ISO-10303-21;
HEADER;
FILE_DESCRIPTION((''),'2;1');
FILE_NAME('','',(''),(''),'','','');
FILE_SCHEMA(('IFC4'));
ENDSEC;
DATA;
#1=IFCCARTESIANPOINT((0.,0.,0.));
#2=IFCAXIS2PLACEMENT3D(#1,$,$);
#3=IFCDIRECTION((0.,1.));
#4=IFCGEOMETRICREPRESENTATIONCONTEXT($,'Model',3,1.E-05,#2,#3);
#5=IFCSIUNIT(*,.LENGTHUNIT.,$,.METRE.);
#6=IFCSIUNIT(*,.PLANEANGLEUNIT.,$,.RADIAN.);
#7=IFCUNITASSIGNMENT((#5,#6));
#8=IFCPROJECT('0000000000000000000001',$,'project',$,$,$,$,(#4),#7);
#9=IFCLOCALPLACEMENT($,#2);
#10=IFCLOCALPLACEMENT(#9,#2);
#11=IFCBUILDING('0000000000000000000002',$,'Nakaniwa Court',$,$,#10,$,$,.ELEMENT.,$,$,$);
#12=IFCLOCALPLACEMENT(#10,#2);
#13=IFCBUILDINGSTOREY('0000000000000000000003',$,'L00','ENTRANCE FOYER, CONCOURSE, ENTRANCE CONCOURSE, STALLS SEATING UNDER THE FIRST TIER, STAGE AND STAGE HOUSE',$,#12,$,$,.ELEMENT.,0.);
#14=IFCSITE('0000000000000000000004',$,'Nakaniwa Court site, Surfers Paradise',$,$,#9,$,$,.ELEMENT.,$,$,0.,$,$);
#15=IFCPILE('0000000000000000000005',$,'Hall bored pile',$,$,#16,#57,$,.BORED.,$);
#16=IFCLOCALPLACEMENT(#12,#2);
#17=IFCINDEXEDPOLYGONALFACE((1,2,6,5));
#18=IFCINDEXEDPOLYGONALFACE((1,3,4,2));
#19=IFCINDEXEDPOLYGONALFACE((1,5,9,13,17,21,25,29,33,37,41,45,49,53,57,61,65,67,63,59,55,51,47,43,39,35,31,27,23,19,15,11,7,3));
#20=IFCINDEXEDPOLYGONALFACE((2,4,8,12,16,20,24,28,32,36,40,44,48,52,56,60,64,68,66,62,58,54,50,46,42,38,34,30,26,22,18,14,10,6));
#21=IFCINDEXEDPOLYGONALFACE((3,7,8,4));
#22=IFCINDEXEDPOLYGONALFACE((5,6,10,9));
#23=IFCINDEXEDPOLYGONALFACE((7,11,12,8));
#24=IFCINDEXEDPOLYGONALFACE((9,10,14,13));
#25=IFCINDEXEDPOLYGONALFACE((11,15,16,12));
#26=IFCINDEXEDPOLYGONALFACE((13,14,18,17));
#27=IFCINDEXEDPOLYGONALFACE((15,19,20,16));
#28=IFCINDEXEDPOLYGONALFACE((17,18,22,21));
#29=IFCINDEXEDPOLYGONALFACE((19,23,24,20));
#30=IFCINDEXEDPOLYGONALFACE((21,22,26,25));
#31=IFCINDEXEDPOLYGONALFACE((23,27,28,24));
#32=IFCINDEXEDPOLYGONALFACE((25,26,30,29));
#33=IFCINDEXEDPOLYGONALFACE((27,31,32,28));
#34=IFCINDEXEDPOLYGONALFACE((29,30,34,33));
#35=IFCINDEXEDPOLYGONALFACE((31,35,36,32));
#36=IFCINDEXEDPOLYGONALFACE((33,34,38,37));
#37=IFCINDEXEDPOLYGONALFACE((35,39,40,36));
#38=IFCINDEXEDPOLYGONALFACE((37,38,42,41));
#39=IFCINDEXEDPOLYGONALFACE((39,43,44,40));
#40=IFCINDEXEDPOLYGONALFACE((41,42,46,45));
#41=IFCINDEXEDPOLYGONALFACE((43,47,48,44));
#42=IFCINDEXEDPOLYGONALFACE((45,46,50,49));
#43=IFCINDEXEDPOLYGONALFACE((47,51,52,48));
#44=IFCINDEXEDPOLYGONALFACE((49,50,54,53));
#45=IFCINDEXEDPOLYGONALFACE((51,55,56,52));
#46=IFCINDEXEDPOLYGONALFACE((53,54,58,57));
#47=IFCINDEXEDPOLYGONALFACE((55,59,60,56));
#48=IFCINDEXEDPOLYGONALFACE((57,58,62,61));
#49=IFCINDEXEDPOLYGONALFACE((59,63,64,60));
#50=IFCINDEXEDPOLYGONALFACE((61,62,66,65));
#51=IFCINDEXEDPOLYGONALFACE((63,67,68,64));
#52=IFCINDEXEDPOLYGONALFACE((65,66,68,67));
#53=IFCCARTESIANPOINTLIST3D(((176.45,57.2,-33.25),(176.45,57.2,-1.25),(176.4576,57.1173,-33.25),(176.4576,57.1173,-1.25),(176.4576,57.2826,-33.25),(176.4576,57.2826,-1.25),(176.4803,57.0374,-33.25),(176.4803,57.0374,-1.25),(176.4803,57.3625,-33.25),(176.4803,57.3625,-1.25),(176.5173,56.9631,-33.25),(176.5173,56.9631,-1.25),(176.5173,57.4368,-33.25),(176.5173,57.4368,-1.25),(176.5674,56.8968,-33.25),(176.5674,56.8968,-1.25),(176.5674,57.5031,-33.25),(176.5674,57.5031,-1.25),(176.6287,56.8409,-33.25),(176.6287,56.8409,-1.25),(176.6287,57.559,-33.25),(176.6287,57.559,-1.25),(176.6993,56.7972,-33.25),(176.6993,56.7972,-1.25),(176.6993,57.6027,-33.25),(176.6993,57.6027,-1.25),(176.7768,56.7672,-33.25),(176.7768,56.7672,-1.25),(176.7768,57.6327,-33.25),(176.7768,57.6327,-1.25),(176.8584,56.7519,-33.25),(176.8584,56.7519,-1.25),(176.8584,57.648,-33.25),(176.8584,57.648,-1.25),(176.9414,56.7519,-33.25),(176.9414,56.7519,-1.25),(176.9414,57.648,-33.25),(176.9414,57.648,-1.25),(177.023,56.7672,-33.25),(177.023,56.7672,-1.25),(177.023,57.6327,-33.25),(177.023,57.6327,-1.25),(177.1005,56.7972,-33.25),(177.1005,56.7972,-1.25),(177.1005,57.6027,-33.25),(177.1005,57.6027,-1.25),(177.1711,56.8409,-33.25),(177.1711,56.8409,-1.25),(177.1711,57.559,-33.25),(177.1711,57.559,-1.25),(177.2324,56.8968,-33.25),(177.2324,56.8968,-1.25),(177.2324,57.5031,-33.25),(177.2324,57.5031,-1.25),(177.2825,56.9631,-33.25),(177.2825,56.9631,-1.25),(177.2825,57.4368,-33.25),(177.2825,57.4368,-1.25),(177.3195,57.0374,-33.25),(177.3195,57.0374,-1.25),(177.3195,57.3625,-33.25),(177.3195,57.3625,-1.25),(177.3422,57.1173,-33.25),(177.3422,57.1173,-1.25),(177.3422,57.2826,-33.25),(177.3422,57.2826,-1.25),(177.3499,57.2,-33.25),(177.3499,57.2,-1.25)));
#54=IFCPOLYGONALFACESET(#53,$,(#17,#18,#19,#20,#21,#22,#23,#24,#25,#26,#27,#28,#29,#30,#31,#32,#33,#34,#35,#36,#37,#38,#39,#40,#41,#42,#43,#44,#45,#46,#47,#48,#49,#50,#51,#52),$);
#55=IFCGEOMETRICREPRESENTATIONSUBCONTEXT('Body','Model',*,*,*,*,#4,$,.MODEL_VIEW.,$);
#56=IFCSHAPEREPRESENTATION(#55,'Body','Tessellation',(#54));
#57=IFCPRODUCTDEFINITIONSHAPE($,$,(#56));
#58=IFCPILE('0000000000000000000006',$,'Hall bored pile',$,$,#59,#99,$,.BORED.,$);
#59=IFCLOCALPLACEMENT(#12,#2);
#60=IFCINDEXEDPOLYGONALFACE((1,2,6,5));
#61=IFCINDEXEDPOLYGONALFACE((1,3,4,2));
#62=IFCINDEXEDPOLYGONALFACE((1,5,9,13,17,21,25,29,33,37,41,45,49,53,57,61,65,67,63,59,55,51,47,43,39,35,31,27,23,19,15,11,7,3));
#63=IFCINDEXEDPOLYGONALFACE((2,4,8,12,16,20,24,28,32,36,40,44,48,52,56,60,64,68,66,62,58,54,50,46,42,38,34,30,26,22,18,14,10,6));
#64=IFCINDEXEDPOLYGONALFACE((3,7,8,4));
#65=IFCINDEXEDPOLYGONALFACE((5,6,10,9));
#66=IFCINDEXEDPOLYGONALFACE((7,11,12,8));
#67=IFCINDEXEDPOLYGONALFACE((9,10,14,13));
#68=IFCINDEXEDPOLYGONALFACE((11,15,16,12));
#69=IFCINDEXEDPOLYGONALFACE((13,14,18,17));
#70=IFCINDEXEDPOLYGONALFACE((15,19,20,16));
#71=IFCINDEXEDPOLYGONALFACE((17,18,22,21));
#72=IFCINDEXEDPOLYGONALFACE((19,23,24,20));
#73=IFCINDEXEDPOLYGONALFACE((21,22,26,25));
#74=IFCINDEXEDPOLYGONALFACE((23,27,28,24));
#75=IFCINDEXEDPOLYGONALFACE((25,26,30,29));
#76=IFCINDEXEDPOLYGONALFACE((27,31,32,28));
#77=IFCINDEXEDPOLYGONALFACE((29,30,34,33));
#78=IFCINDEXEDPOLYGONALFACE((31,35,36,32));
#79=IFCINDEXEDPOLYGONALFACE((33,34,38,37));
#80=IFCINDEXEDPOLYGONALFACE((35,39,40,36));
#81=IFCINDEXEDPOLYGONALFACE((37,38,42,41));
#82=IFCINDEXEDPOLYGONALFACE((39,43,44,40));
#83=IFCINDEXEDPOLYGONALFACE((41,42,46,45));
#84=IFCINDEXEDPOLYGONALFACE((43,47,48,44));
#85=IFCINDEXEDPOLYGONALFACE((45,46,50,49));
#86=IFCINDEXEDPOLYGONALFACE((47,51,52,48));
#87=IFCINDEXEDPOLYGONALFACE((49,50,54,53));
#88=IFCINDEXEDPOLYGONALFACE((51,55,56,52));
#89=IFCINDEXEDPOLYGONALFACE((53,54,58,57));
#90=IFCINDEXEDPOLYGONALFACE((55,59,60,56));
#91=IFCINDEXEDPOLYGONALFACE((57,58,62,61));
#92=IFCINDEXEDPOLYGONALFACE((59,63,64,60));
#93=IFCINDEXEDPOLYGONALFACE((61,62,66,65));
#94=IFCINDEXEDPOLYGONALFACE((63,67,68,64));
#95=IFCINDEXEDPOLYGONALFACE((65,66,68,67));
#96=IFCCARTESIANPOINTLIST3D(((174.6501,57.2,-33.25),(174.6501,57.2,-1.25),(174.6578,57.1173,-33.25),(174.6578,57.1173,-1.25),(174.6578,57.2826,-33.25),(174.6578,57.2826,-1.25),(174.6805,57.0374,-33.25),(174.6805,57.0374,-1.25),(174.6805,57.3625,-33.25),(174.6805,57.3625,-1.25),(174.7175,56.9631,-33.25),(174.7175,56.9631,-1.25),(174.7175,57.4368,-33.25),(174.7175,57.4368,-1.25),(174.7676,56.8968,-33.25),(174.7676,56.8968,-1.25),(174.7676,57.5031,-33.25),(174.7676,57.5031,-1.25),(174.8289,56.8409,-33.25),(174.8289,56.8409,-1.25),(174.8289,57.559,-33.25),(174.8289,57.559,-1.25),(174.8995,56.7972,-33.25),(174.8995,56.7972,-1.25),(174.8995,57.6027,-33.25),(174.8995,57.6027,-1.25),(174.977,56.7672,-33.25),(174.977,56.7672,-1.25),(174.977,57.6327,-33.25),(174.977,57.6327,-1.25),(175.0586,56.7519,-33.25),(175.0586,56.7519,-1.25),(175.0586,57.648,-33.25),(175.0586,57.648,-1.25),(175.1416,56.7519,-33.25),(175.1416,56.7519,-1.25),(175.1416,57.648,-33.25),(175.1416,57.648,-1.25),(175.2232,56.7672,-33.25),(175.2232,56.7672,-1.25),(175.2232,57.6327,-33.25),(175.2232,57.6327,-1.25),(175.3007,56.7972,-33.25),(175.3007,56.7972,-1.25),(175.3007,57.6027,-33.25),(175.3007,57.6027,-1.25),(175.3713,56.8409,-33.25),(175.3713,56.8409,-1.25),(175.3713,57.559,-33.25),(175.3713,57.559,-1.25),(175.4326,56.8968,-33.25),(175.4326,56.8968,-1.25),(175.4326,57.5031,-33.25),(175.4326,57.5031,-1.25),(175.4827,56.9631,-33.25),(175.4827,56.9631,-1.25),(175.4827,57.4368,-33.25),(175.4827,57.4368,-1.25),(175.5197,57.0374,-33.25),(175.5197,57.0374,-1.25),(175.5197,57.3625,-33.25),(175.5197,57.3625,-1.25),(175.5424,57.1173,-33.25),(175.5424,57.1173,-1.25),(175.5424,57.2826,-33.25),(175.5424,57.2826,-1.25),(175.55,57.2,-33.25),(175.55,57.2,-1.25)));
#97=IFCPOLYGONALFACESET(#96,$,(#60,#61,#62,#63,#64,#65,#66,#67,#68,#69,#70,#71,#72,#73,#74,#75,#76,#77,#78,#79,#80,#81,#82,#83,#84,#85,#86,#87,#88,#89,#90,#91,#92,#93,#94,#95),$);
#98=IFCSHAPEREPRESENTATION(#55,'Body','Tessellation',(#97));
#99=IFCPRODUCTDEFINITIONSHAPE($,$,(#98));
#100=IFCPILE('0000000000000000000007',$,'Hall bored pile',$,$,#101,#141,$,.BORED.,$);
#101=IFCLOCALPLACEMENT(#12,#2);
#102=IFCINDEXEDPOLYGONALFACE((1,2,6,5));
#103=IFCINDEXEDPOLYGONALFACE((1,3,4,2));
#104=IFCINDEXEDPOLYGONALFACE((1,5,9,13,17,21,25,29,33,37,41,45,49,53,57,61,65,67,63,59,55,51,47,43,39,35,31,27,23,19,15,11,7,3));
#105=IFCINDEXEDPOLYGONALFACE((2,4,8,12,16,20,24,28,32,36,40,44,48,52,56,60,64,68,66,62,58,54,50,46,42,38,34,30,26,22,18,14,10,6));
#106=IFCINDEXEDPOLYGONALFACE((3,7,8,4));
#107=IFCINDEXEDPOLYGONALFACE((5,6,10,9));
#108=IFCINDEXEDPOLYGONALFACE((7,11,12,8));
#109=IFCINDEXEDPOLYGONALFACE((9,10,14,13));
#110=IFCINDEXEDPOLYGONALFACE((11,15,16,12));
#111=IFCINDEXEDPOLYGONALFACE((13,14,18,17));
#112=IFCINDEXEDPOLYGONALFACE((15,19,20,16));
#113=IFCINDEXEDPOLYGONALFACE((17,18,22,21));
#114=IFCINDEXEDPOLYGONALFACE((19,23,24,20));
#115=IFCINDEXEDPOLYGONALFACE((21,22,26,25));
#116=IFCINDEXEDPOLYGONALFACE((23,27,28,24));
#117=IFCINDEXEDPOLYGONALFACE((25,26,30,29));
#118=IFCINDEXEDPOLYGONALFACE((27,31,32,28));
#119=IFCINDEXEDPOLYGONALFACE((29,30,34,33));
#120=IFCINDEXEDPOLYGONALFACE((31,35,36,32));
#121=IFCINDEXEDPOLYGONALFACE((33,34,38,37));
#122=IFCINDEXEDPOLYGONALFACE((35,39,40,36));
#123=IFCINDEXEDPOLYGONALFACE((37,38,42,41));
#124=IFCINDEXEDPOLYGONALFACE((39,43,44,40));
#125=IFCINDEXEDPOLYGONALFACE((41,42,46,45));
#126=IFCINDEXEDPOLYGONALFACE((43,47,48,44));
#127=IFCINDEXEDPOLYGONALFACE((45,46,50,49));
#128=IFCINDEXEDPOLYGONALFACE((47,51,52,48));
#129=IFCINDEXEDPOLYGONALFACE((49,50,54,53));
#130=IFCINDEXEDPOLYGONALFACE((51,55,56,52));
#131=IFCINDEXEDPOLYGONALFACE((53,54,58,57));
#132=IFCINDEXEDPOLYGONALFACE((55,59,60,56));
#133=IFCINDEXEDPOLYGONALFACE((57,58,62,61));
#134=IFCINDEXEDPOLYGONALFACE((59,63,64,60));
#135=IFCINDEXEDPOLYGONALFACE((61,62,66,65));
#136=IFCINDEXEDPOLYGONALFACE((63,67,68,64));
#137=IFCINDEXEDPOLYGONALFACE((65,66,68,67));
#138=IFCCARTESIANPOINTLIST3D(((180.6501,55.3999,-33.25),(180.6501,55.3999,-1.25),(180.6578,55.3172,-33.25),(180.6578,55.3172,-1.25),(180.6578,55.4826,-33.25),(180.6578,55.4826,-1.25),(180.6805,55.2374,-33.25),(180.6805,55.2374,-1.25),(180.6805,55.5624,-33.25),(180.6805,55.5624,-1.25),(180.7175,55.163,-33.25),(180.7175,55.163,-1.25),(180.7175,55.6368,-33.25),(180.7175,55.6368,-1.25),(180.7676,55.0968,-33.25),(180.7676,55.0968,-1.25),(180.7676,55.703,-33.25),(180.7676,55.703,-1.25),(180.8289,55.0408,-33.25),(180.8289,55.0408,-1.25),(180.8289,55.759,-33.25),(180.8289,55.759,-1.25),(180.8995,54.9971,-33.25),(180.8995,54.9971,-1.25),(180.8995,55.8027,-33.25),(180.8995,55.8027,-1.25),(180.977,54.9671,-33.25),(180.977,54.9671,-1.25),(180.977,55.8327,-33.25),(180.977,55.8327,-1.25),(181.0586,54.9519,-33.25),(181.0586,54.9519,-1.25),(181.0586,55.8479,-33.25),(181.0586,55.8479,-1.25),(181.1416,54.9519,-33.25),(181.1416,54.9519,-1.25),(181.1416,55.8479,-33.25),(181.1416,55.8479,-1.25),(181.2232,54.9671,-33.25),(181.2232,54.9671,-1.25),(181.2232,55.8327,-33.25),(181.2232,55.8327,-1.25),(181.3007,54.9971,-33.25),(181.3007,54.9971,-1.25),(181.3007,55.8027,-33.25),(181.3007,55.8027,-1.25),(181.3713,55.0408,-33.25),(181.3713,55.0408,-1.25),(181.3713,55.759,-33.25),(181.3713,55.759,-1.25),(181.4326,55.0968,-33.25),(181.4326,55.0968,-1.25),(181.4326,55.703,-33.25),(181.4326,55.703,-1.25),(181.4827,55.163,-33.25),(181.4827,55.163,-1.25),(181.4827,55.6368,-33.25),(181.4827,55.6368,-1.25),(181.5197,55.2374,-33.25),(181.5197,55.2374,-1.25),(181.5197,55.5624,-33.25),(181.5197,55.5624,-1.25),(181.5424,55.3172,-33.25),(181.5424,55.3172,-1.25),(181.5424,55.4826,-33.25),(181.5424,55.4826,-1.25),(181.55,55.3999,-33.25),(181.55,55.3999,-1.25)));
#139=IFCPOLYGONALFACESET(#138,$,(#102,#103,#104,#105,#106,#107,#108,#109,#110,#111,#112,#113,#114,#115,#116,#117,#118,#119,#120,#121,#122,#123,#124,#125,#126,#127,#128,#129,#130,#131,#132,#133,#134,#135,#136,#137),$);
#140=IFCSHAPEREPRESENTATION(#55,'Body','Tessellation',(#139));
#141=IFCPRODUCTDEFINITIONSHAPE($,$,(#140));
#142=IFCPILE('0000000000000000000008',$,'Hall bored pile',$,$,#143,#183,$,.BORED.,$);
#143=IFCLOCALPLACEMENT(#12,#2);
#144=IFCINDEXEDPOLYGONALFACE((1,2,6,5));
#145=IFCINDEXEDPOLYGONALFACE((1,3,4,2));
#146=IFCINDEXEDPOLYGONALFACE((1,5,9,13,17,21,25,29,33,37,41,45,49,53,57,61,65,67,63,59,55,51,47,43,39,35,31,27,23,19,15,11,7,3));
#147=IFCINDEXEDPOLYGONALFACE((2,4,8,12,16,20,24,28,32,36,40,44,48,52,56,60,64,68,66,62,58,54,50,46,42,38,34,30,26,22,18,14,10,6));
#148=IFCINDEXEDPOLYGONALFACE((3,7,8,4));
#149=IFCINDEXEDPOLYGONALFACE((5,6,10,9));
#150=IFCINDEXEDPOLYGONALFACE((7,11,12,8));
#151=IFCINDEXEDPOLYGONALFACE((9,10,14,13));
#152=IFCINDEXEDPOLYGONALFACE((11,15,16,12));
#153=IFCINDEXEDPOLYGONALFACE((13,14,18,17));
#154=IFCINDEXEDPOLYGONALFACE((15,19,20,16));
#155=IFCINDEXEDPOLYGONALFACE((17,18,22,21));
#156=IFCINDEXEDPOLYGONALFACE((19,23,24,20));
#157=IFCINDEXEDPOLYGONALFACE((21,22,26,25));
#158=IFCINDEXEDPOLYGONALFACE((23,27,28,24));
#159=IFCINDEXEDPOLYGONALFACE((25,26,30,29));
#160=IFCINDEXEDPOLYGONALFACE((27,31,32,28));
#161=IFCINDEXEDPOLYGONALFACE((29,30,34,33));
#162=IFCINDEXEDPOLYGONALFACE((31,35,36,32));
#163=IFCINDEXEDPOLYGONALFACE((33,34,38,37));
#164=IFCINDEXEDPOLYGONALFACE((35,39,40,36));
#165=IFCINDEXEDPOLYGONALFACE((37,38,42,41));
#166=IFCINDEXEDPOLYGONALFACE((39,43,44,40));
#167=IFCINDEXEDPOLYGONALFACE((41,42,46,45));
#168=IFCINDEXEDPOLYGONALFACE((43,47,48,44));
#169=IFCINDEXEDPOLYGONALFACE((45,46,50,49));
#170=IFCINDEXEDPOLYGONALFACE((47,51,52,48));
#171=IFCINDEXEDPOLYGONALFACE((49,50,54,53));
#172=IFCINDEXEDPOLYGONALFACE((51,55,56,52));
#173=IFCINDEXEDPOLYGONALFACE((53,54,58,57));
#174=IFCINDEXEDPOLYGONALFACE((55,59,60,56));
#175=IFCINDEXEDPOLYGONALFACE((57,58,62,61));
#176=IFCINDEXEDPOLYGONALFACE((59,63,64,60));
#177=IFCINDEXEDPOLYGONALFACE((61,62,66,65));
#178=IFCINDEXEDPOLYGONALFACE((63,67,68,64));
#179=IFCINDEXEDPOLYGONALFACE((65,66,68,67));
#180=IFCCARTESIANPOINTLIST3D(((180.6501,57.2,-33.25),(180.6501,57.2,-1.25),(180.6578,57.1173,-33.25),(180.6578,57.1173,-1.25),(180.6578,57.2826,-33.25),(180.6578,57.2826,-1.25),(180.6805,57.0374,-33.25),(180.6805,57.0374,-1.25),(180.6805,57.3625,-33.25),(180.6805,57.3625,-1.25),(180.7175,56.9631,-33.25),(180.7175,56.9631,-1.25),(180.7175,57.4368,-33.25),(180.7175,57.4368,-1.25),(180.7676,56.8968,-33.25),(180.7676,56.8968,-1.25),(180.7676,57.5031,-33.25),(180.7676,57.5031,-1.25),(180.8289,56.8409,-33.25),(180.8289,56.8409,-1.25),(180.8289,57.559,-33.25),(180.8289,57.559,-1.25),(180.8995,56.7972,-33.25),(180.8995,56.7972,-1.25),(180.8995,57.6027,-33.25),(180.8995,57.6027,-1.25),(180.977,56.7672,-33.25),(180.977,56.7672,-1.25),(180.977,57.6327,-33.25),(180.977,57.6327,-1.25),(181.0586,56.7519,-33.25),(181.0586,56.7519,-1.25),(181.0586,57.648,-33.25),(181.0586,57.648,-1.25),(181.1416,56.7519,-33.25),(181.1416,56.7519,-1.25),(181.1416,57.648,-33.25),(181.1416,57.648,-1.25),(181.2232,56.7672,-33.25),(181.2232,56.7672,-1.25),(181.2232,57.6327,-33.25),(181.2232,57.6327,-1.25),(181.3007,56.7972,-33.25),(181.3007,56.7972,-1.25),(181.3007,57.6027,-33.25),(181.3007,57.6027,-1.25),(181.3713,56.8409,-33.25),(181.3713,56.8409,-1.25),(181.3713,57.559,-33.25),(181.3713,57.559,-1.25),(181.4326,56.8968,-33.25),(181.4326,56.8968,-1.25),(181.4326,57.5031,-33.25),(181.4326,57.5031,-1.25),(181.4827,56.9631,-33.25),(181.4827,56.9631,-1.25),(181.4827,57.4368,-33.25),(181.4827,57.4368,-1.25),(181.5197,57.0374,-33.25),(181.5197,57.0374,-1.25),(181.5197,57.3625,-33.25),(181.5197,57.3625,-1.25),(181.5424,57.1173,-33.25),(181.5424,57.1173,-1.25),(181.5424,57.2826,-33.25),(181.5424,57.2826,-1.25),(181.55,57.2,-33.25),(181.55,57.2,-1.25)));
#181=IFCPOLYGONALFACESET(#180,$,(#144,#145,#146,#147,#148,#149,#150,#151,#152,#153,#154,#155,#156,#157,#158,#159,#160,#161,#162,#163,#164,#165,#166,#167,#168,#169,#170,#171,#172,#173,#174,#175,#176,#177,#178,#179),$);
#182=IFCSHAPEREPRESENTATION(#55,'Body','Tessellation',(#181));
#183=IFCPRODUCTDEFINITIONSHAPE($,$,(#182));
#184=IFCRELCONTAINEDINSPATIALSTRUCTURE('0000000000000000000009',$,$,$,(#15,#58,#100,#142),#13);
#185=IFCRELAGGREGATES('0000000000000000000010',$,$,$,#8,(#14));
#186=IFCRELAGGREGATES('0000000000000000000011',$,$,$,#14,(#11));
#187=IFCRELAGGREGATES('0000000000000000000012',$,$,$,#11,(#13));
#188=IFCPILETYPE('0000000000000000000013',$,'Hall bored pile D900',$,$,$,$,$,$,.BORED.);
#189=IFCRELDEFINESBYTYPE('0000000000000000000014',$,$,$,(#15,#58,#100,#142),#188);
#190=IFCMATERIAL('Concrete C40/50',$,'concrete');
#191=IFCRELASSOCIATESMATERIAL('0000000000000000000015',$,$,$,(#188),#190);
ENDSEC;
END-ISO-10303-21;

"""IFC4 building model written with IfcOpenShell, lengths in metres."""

from ifc_helpers import new_model, si_unit, direction, frame, origin, origin_2d, place, context, subcontext, project, spatial, circle, extrude, material, material_profile, profile_set, type_object, element, save


model = new_model("IFC4")

# Units and contexts
model_context = context("Model", 3, precision=1e-05, world=origin(), true_north=direction((0.0, 1.0)))
body_context = subcontext(model_context, "Body", "Model", "MODEL_VIEW")
ifc_project = project(units=[si_unit("LENGTHUNIT", "METRE"), si_unit("PLANEANGLEUNIT", "RADIAN")], contexts=[model_context])

# Site, building, storey
site_placement = place(None, origin())
site = spatial("IfcSite", under=ifc_project, at=site_placement, Name="Nakaniwa Court site, Surfers Paradise", CompositionType="ELEMENT", RefElevation=0.0)
building_placement = place(site_placement, origin())
building = spatial("IfcBuilding", under=site, at=building_placement, Name="Nakaniwa Court", CompositionType="ELEMENT")
storey_placement = place(building_placement, origin())
storey = spatial("IfcBuildingStorey", under=building, at=storey_placement, Name="L00", Description="ENTRANCE FOYER, CONCOURSE, ENTRANCE CONCOURSE, STALLS SEATING UNDER THE FIRST TIER, STAGE AND STAGE HOUSE", CompositionType="ELEMENT", Elevation=0.0)

# Piles
ifc_material_1 = material(Name="Concrete C40/50", Category="concrete")
ifc_material_profile_1 = material_profile(ifc_material_1, circle(Radius=0.45, at=origin_2d()), Name="Bored pile D900")
ifc_profile_set_1 = profile_set([ifc_material_profile_1], Name="Concrete C40/50")
pile_type = type_object("IfcPileType", Name="Hall bored pile D900", PredefinedType="BORED", material=ifc_profile_set_1)
for number, where, z_axis, x_axis, name in (
    (1, (176.8999, 57.2, -1.25), (0.0, 0.0, -1.0), (1.0, 0.0, 0.0), "Hall bored pile"),
    (2, (175.1001, 57.2, -1.25), (0.0, 0.0, -1.0), (1.0, 0.0, 0.0), "Hall bored pile"),
    (3, (181.1001, 55.3999, -1.25), (0.0, 0.0, -1.0), (1.0, 0.0, 0.0), "Hall bored pile"),
    (4, (181.1001, 57.2, -1.25), (0.0, 0.0, -1.0), (1.0, 0.0, 0.0), "Hall bored pile"),
):
    element("IfcPile", number, at=place(storey_placement, frame(where, z_axis=z_axis, x_axis=x_axis)), inside=storey, type_object=pile_type, Name=name, PredefinedType="BORED", context=body_context, shape_type="SweptSolid", body=[
        extrude(circle(Radius=0.45, at=origin_2d()), origin(), (0.0, 0.0, 1.0), 32.0),
    ])

save(model, "model.ifc")
